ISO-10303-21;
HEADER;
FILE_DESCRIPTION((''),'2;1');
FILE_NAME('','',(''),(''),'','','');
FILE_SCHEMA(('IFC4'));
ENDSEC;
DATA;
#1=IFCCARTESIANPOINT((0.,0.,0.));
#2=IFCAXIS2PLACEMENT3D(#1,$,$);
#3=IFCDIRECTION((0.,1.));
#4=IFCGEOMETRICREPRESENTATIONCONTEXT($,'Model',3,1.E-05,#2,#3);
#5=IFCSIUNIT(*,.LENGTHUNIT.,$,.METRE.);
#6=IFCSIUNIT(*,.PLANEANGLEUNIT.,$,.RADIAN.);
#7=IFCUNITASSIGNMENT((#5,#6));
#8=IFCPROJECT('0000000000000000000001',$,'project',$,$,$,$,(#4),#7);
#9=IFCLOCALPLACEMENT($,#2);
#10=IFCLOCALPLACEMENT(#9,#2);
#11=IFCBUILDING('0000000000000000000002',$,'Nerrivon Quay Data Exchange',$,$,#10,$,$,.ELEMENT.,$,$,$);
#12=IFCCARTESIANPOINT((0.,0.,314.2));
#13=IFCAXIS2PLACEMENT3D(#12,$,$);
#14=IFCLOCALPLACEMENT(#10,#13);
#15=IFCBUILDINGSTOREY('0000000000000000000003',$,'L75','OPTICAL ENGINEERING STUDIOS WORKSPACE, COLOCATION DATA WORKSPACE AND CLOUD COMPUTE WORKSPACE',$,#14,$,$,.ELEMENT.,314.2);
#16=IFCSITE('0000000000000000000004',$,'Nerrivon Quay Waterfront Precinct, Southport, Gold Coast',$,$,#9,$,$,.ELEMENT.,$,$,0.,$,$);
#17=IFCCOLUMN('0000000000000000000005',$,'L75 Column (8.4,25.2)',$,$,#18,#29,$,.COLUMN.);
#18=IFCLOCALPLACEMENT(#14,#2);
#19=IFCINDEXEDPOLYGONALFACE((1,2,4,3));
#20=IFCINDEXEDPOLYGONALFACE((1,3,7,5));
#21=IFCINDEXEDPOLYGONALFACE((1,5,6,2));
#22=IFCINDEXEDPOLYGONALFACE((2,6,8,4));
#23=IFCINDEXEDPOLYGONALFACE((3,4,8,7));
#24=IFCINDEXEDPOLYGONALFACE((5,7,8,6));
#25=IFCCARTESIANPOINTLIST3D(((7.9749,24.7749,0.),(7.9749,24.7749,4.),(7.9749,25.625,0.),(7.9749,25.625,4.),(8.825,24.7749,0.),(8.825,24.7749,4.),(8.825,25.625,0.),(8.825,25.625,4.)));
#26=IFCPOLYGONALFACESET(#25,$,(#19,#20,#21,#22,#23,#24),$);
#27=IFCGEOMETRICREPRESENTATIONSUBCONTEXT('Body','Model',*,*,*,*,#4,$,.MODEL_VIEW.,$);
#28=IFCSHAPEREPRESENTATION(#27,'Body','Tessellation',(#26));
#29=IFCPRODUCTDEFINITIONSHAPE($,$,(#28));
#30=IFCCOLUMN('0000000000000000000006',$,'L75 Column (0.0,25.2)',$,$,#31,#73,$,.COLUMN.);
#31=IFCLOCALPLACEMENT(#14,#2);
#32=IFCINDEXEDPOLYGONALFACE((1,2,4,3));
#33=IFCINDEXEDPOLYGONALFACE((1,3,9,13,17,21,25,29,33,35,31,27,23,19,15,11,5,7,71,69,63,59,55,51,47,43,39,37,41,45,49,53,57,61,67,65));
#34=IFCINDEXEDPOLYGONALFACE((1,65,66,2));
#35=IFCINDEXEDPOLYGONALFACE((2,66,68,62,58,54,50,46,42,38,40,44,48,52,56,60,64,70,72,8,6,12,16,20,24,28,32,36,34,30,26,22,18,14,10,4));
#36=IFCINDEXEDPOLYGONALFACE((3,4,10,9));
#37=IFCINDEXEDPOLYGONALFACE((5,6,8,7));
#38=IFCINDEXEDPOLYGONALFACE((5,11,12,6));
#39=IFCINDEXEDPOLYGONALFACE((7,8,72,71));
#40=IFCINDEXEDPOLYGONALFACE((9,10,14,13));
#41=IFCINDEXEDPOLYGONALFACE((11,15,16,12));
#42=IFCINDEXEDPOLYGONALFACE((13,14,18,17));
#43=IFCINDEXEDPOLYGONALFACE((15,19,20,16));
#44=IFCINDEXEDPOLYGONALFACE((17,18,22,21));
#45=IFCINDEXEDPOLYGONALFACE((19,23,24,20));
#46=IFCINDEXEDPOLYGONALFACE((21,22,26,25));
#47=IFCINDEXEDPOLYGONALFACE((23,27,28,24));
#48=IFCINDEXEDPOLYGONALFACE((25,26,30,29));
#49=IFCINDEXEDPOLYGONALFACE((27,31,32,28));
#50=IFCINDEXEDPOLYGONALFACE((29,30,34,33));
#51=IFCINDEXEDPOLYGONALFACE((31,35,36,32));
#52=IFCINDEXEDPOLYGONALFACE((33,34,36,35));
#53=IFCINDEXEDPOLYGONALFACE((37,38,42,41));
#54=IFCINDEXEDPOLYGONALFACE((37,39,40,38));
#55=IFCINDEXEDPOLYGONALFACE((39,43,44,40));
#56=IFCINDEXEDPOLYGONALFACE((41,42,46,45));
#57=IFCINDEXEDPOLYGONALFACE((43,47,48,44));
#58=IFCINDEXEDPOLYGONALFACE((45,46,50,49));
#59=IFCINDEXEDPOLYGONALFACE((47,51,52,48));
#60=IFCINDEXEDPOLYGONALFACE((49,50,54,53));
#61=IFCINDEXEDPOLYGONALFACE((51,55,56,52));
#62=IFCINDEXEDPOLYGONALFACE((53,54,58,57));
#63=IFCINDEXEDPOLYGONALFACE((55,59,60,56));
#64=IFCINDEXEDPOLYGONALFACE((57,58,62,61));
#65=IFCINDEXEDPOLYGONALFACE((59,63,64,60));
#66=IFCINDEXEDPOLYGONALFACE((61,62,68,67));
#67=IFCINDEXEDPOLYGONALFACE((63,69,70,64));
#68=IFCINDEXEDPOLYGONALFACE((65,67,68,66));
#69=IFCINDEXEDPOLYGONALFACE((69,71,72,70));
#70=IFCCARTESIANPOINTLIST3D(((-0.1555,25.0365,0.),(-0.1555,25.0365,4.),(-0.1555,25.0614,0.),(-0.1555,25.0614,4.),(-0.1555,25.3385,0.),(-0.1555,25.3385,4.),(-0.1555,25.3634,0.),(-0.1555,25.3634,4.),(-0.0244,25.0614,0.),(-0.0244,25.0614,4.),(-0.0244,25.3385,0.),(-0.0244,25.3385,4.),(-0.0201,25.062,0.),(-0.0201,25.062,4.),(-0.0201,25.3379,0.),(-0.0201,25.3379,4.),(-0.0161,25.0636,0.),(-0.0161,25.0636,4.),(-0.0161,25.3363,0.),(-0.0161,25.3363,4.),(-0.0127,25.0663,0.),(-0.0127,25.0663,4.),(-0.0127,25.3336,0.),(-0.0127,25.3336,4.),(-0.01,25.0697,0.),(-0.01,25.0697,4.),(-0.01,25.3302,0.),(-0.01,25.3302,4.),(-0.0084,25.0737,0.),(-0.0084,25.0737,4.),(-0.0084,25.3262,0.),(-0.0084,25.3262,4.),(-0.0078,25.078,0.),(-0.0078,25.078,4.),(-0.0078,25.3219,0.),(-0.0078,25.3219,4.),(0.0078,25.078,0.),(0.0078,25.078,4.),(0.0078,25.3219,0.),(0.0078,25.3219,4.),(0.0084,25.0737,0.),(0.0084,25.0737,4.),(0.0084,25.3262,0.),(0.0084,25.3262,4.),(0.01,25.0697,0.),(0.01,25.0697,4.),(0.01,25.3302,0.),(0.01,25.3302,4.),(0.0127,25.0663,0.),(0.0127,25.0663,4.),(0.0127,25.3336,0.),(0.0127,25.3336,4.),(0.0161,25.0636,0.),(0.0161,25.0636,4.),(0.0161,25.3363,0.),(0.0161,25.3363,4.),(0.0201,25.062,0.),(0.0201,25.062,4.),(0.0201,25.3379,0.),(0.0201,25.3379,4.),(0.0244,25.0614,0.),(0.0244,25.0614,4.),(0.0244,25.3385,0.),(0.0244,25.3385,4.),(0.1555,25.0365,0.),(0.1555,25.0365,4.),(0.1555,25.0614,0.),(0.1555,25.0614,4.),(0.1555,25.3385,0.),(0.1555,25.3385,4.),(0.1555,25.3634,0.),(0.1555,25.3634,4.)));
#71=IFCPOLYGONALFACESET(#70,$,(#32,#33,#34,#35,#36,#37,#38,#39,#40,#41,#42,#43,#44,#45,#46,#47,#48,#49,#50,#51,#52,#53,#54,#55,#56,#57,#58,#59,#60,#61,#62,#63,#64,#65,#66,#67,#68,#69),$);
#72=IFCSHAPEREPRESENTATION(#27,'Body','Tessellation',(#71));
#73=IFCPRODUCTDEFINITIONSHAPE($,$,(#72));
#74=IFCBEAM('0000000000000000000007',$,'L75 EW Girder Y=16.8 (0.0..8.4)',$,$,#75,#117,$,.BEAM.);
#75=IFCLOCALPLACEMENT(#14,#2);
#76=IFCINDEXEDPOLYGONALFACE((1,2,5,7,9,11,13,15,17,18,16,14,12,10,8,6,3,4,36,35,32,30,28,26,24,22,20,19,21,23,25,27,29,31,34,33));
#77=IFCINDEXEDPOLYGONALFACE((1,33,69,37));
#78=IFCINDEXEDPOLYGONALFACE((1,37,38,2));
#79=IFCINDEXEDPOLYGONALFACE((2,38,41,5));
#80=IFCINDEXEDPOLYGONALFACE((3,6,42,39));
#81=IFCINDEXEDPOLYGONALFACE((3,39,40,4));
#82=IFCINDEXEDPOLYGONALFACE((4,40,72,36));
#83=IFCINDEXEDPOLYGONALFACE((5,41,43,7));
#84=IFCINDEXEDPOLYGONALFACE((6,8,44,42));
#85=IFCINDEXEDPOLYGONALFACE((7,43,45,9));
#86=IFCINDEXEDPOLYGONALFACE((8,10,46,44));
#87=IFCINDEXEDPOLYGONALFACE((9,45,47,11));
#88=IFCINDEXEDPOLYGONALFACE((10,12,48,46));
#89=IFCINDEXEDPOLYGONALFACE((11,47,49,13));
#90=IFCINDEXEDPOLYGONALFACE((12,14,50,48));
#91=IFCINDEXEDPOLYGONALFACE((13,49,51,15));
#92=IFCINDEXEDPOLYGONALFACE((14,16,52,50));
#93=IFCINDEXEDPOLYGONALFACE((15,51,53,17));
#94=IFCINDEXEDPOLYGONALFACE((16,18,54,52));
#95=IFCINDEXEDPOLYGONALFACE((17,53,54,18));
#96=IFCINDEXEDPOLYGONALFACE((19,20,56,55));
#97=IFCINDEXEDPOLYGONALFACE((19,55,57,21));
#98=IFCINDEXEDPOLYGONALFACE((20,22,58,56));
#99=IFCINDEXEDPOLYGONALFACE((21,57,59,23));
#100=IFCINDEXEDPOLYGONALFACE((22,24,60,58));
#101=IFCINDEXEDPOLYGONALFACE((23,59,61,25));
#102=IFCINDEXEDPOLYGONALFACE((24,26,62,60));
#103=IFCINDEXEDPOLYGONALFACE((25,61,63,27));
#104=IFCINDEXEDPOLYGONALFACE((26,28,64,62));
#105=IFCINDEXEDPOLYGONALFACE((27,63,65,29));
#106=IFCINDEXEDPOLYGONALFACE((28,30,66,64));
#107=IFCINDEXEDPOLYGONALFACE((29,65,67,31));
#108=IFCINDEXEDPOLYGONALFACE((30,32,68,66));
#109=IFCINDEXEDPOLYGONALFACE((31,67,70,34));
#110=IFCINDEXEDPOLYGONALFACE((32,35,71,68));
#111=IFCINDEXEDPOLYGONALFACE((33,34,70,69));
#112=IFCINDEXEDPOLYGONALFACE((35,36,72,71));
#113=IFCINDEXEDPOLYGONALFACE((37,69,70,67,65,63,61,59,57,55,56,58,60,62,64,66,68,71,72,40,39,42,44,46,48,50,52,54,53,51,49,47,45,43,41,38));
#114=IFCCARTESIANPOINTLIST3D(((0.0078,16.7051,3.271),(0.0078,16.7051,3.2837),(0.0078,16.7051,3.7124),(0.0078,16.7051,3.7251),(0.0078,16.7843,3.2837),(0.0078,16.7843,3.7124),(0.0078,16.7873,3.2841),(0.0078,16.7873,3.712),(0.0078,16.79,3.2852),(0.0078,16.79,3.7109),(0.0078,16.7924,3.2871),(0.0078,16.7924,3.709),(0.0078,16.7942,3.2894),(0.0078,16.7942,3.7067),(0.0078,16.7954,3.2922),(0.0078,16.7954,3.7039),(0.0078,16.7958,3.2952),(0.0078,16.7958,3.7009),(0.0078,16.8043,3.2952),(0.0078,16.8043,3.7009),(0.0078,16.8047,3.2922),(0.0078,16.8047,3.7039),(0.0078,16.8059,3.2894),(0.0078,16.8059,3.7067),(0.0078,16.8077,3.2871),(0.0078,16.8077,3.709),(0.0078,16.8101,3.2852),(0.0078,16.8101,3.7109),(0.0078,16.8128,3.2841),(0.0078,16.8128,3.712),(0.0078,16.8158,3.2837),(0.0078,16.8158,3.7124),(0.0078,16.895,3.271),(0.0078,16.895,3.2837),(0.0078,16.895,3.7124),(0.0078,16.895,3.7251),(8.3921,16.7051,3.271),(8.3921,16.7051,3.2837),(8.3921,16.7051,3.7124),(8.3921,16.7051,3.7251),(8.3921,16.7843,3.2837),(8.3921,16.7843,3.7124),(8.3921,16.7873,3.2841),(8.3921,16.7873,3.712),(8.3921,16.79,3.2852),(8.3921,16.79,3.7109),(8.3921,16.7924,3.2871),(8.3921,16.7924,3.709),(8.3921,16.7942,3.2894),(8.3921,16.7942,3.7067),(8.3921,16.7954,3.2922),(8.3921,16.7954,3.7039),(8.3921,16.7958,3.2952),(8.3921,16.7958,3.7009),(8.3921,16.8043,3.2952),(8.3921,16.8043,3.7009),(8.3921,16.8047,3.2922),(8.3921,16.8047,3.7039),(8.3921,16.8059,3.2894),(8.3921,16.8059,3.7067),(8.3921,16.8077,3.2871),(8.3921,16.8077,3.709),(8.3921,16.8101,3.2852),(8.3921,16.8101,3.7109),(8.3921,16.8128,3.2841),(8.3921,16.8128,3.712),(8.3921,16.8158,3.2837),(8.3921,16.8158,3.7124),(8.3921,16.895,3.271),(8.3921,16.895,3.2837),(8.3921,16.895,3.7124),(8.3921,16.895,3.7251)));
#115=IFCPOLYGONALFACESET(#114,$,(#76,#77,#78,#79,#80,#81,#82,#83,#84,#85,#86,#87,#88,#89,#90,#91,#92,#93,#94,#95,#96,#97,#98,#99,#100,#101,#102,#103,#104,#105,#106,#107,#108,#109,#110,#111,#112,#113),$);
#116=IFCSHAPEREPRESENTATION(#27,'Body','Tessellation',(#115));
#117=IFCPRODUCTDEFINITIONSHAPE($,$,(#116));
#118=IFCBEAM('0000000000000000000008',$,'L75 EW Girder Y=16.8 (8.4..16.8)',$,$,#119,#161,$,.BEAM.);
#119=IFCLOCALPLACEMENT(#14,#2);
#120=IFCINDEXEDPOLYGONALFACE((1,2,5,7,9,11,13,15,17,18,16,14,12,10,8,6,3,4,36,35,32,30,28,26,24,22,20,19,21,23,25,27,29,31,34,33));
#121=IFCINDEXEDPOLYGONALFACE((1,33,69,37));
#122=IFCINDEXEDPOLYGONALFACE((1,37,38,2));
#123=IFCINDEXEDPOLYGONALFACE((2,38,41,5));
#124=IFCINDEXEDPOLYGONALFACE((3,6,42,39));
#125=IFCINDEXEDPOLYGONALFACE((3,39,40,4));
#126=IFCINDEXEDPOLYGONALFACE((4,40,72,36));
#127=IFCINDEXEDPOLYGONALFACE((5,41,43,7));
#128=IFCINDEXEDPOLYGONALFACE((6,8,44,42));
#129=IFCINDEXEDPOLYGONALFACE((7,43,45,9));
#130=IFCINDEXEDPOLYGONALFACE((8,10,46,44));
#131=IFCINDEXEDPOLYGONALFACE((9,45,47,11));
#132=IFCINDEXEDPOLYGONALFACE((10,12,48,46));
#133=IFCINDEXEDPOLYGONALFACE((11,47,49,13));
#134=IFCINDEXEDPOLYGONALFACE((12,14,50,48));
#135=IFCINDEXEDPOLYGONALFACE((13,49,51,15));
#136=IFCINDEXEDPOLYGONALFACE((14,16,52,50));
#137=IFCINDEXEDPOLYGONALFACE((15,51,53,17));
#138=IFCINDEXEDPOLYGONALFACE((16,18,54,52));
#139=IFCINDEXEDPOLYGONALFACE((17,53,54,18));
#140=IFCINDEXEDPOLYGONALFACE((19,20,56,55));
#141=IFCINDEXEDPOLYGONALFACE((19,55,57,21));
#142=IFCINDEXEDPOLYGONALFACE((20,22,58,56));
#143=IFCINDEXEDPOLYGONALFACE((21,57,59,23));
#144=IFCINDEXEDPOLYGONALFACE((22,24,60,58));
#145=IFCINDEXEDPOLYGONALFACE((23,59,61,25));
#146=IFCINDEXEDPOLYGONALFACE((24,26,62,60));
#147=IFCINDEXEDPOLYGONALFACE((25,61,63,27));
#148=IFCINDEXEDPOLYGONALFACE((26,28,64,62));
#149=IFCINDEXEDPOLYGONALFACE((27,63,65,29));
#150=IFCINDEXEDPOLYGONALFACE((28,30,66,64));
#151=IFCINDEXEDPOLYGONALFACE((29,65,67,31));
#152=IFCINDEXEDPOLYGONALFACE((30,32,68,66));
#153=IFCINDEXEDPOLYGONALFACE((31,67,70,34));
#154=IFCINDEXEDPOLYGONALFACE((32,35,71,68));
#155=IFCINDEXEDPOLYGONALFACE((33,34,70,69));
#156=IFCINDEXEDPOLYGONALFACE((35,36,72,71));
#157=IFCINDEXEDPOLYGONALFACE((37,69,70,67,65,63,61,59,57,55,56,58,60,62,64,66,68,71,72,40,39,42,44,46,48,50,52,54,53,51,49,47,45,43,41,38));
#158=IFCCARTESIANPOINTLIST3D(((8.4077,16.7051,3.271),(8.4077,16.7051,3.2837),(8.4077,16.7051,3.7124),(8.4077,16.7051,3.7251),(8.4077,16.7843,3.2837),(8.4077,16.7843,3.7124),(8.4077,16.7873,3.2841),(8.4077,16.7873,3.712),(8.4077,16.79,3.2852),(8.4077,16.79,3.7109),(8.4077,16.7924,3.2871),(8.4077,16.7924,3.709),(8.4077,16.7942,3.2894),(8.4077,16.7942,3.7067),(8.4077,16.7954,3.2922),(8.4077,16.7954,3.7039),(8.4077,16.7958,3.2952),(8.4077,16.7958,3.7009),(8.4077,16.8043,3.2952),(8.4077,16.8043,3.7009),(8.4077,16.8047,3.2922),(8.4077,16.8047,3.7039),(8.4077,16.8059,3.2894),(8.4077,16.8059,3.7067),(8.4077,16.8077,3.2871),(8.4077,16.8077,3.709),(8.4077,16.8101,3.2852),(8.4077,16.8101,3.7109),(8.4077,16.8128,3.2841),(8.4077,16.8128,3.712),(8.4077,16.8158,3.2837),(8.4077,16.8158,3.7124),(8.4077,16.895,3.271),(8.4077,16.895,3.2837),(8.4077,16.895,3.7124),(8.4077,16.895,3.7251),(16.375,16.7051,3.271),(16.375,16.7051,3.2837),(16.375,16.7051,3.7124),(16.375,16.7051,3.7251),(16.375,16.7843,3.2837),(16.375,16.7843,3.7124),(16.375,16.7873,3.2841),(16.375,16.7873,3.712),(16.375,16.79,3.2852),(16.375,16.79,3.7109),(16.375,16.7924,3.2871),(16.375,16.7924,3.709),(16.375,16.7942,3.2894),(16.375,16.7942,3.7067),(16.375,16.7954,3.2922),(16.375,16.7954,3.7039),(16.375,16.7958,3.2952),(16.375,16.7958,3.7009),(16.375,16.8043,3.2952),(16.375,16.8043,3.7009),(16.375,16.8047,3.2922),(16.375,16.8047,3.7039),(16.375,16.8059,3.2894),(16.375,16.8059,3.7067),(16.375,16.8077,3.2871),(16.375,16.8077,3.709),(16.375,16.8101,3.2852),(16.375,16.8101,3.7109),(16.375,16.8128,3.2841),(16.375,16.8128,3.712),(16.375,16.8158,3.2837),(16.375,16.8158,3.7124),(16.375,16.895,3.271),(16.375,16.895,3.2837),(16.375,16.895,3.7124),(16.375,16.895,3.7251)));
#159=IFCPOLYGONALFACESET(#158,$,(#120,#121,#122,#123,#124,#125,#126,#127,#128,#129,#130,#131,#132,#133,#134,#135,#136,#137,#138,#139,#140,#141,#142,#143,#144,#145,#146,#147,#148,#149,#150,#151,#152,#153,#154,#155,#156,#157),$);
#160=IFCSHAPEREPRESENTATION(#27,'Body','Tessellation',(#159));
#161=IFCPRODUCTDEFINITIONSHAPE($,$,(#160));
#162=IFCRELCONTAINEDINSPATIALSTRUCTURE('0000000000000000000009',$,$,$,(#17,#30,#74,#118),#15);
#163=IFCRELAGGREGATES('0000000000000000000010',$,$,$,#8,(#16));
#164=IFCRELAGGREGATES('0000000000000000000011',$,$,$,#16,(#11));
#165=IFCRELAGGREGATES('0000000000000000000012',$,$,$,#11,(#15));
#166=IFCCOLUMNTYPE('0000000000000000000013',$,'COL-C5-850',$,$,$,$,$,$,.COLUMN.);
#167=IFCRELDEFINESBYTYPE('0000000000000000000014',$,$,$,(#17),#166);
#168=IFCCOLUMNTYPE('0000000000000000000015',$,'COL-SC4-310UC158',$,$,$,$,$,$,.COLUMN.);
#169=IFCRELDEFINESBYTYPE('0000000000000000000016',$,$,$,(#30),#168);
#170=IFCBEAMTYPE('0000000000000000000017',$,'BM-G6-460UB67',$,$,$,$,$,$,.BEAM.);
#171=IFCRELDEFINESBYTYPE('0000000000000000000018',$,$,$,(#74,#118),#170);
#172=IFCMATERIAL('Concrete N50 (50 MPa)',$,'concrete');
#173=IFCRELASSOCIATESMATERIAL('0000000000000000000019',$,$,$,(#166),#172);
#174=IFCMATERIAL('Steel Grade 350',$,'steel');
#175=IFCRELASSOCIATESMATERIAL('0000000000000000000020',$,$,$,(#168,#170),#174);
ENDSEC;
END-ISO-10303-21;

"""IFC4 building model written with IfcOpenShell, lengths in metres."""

from ifc_helpers import new_model, si_unit, direction, frame, origin, origin_2d, place, context, subcontext, project, spatial, rectangle, i_section, extrude, material, material_profile, profile_set, type_object, element, save


model = new_model("IFC4")

# Units and contexts
model_context = context("Model", 3, precision=1e-05, world=origin(), true_north=direction((0.0, 1.0)))
body_context = subcontext(model_context, "Body", "Model", "MODEL_VIEW")
ifc_project = project(units=[si_unit("LENGTHUNIT", "METRE"), si_unit("PLANEANGLEUNIT", "RADIAN")], contexts=[model_context])

# Site, building, storey
site_placement = place(None, origin())
site = spatial("IfcSite", under=ifc_project, at=site_placement, Name="Nerrivon Quay Waterfront Precinct, Southport, Gold Coast", CompositionType="ELEMENT", RefElevation=0.0)
building_placement = place(site_placement, origin())
building = spatial("IfcBuilding", under=site, at=building_placement, Name="Nerrivon Quay Data Exchange", CompositionType="ELEMENT")
storey_placement = place(building_placement, frame((0.0, 0.0, 314.2)))
storey = spatial("IfcBuildingStorey", under=building, at=storey_placement, Name="L75", Description="OPTICAL ENGINEERING STUDIOS WORKSPACE, COLOCATION DATA WORKSPACE AND CLOUD COMPUTE WORKSPACE", CompositionType="ELEMENT", Elevation=314.2)

# Columns
ifc_material_1 = material(Name="Concrete N50 (50 MPa)", Category="concrete")
ifc_material_profile_1 = material_profile(ifc_material_1, rectangle(XDim=0.8501, YDim=0.8501, at=origin_2d()), Name="RC-COL-850x850")
ifc_profile_set_1 = profile_set([ifc_material_profile_1], Name="Concrete N50 (50 MPa)")
column_type_1 = type_object("IfcColumnType", Name="COL-C5-850", PredefinedType="COLUMN", material=ifc_profile_set_1)
column_1_placement = place(storey_placement, frame((8.3999, 25.2, 0.0), z_axis=(0.0, 0.0, 1.0), x_axis=(1.0, 0.0, 0.0)))
element("IfcColumn", 1, at=column_1_placement, inside=storey, type_object=column_type_1, Name="L75 Column (8.4,25.2)", PredefinedType="COLUMN", context=body_context, shape_type="SweptSolid", body=[
    extrude(rectangle(XDim=0.8501, YDim=0.8501, at=origin_2d()), origin(), (0.0, 0.0, 1.0), 4.0),
])
ifc_material_2 = material(Name="Steel Grade 350", Category="steel")
ifc_material_profile_2 = material_profile(ifc_material_2, i_section(OverallWidth=0.311, OverallDepth=0.3269, WebThickness=0.0156, FlangeThickness=0.0249, FilletRadius=0.0166, at=origin_2d()), Name="310UC158")
ifc_profile_set_2 = profile_set([ifc_material_profile_2], Name="Steel Grade 350")
column_type_2 = type_object("IfcColumnType", Name="COL-SC4-310UC158", PredefinedType="COLUMN", material=ifc_profile_set_2)
column_2_placement = place(storey_placement, frame((0.0, 25.2, 0.0), z_axis=(0.0, 0.0, 1.0), x_axis=(1.0, 0.0, 0.0)))
element("IfcColumn", 2, at=column_2_placement, inside=storey, type_object=column_type_2, Name="L75 Column (0.0,25.2)", PredefinedType="COLUMN", context=body_context, shape_type="SweptSolid", body=[
    extrude(i_section(OverallWidth=0.311, OverallDepth=0.3269, WebThickness=0.0156, FlangeThickness=0.0249, FilletRadius=0.0166, at=origin_2d()), origin(), (0.0, 0.0, 1.0), 4.0),
])

# Beams
ifc_material_profile_3 = material_profile(ifc_material_2, i_section(OverallWidth=0.1899, OverallDepth=0.4541, WebThickness=0.0085, FlangeThickness=0.0127, FilletRadius=0.0115, at=origin_2d()), Name="460UB67.1")
ifc_profile_set_3 = profile_set([ifc_material_profile_3], Name="Steel Grade 350")
beam_type_1 = type_object("IfcBeamType", Name="BM-G6-460UB67", PredefinedType="BEAM", material=ifc_profile_set_3)
beam_1_placement = place(storey_placement, frame((0.0078, 16.8, 3.498), z_axis=(1.0, 0.0, 0.0), x_axis=(0.0, 1.0, 0.0)))
element("IfcBeam", 3, at=beam_1_placement, inside=storey, type_object=beam_type_1, Name="L75 EW Girder Y=16.8 (0.0..8.4)", PredefinedType="BEAM", context=body_context, shape_type="SweptSolid", body=[
    extrude(i_section(OverallWidth=0.1899, OverallDepth=0.4541, WebThickness=0.0085, FlangeThickness=0.0127, FilletRadius=0.0115, at=origin_2d()), origin(), (0.0, 0.0, 1.0), 8.3843),
])
for number, where, z_axis, x_axis, name in (
    (4, (8.4077, 16.8, 3.498), (1.0, 0.0, 0.0), (0.0, 1.0, 0.0), "L75 EW Girder Y=16.8 (8.4..16.8)"),
):
    element("IfcBeam", number, at=place(storey_placement, frame(where, z_axis=z_axis, x_axis=x_axis)), inside=storey, type_object=beam_type_1, Name=name, PredefinedType="BEAM", context=body_context, shape_type="SweptSolid", body=[
        extrude(i_section(OverallWidth=0.1899, OverallDepth=0.4541, WebThickness=0.0085, FlangeThickness=0.0127, FilletRadius=0.0115, at=origin_2d()), origin(), (0.0, 0.0, 1.0), 7.9673),
    ])

save(model, "model.ifc")
